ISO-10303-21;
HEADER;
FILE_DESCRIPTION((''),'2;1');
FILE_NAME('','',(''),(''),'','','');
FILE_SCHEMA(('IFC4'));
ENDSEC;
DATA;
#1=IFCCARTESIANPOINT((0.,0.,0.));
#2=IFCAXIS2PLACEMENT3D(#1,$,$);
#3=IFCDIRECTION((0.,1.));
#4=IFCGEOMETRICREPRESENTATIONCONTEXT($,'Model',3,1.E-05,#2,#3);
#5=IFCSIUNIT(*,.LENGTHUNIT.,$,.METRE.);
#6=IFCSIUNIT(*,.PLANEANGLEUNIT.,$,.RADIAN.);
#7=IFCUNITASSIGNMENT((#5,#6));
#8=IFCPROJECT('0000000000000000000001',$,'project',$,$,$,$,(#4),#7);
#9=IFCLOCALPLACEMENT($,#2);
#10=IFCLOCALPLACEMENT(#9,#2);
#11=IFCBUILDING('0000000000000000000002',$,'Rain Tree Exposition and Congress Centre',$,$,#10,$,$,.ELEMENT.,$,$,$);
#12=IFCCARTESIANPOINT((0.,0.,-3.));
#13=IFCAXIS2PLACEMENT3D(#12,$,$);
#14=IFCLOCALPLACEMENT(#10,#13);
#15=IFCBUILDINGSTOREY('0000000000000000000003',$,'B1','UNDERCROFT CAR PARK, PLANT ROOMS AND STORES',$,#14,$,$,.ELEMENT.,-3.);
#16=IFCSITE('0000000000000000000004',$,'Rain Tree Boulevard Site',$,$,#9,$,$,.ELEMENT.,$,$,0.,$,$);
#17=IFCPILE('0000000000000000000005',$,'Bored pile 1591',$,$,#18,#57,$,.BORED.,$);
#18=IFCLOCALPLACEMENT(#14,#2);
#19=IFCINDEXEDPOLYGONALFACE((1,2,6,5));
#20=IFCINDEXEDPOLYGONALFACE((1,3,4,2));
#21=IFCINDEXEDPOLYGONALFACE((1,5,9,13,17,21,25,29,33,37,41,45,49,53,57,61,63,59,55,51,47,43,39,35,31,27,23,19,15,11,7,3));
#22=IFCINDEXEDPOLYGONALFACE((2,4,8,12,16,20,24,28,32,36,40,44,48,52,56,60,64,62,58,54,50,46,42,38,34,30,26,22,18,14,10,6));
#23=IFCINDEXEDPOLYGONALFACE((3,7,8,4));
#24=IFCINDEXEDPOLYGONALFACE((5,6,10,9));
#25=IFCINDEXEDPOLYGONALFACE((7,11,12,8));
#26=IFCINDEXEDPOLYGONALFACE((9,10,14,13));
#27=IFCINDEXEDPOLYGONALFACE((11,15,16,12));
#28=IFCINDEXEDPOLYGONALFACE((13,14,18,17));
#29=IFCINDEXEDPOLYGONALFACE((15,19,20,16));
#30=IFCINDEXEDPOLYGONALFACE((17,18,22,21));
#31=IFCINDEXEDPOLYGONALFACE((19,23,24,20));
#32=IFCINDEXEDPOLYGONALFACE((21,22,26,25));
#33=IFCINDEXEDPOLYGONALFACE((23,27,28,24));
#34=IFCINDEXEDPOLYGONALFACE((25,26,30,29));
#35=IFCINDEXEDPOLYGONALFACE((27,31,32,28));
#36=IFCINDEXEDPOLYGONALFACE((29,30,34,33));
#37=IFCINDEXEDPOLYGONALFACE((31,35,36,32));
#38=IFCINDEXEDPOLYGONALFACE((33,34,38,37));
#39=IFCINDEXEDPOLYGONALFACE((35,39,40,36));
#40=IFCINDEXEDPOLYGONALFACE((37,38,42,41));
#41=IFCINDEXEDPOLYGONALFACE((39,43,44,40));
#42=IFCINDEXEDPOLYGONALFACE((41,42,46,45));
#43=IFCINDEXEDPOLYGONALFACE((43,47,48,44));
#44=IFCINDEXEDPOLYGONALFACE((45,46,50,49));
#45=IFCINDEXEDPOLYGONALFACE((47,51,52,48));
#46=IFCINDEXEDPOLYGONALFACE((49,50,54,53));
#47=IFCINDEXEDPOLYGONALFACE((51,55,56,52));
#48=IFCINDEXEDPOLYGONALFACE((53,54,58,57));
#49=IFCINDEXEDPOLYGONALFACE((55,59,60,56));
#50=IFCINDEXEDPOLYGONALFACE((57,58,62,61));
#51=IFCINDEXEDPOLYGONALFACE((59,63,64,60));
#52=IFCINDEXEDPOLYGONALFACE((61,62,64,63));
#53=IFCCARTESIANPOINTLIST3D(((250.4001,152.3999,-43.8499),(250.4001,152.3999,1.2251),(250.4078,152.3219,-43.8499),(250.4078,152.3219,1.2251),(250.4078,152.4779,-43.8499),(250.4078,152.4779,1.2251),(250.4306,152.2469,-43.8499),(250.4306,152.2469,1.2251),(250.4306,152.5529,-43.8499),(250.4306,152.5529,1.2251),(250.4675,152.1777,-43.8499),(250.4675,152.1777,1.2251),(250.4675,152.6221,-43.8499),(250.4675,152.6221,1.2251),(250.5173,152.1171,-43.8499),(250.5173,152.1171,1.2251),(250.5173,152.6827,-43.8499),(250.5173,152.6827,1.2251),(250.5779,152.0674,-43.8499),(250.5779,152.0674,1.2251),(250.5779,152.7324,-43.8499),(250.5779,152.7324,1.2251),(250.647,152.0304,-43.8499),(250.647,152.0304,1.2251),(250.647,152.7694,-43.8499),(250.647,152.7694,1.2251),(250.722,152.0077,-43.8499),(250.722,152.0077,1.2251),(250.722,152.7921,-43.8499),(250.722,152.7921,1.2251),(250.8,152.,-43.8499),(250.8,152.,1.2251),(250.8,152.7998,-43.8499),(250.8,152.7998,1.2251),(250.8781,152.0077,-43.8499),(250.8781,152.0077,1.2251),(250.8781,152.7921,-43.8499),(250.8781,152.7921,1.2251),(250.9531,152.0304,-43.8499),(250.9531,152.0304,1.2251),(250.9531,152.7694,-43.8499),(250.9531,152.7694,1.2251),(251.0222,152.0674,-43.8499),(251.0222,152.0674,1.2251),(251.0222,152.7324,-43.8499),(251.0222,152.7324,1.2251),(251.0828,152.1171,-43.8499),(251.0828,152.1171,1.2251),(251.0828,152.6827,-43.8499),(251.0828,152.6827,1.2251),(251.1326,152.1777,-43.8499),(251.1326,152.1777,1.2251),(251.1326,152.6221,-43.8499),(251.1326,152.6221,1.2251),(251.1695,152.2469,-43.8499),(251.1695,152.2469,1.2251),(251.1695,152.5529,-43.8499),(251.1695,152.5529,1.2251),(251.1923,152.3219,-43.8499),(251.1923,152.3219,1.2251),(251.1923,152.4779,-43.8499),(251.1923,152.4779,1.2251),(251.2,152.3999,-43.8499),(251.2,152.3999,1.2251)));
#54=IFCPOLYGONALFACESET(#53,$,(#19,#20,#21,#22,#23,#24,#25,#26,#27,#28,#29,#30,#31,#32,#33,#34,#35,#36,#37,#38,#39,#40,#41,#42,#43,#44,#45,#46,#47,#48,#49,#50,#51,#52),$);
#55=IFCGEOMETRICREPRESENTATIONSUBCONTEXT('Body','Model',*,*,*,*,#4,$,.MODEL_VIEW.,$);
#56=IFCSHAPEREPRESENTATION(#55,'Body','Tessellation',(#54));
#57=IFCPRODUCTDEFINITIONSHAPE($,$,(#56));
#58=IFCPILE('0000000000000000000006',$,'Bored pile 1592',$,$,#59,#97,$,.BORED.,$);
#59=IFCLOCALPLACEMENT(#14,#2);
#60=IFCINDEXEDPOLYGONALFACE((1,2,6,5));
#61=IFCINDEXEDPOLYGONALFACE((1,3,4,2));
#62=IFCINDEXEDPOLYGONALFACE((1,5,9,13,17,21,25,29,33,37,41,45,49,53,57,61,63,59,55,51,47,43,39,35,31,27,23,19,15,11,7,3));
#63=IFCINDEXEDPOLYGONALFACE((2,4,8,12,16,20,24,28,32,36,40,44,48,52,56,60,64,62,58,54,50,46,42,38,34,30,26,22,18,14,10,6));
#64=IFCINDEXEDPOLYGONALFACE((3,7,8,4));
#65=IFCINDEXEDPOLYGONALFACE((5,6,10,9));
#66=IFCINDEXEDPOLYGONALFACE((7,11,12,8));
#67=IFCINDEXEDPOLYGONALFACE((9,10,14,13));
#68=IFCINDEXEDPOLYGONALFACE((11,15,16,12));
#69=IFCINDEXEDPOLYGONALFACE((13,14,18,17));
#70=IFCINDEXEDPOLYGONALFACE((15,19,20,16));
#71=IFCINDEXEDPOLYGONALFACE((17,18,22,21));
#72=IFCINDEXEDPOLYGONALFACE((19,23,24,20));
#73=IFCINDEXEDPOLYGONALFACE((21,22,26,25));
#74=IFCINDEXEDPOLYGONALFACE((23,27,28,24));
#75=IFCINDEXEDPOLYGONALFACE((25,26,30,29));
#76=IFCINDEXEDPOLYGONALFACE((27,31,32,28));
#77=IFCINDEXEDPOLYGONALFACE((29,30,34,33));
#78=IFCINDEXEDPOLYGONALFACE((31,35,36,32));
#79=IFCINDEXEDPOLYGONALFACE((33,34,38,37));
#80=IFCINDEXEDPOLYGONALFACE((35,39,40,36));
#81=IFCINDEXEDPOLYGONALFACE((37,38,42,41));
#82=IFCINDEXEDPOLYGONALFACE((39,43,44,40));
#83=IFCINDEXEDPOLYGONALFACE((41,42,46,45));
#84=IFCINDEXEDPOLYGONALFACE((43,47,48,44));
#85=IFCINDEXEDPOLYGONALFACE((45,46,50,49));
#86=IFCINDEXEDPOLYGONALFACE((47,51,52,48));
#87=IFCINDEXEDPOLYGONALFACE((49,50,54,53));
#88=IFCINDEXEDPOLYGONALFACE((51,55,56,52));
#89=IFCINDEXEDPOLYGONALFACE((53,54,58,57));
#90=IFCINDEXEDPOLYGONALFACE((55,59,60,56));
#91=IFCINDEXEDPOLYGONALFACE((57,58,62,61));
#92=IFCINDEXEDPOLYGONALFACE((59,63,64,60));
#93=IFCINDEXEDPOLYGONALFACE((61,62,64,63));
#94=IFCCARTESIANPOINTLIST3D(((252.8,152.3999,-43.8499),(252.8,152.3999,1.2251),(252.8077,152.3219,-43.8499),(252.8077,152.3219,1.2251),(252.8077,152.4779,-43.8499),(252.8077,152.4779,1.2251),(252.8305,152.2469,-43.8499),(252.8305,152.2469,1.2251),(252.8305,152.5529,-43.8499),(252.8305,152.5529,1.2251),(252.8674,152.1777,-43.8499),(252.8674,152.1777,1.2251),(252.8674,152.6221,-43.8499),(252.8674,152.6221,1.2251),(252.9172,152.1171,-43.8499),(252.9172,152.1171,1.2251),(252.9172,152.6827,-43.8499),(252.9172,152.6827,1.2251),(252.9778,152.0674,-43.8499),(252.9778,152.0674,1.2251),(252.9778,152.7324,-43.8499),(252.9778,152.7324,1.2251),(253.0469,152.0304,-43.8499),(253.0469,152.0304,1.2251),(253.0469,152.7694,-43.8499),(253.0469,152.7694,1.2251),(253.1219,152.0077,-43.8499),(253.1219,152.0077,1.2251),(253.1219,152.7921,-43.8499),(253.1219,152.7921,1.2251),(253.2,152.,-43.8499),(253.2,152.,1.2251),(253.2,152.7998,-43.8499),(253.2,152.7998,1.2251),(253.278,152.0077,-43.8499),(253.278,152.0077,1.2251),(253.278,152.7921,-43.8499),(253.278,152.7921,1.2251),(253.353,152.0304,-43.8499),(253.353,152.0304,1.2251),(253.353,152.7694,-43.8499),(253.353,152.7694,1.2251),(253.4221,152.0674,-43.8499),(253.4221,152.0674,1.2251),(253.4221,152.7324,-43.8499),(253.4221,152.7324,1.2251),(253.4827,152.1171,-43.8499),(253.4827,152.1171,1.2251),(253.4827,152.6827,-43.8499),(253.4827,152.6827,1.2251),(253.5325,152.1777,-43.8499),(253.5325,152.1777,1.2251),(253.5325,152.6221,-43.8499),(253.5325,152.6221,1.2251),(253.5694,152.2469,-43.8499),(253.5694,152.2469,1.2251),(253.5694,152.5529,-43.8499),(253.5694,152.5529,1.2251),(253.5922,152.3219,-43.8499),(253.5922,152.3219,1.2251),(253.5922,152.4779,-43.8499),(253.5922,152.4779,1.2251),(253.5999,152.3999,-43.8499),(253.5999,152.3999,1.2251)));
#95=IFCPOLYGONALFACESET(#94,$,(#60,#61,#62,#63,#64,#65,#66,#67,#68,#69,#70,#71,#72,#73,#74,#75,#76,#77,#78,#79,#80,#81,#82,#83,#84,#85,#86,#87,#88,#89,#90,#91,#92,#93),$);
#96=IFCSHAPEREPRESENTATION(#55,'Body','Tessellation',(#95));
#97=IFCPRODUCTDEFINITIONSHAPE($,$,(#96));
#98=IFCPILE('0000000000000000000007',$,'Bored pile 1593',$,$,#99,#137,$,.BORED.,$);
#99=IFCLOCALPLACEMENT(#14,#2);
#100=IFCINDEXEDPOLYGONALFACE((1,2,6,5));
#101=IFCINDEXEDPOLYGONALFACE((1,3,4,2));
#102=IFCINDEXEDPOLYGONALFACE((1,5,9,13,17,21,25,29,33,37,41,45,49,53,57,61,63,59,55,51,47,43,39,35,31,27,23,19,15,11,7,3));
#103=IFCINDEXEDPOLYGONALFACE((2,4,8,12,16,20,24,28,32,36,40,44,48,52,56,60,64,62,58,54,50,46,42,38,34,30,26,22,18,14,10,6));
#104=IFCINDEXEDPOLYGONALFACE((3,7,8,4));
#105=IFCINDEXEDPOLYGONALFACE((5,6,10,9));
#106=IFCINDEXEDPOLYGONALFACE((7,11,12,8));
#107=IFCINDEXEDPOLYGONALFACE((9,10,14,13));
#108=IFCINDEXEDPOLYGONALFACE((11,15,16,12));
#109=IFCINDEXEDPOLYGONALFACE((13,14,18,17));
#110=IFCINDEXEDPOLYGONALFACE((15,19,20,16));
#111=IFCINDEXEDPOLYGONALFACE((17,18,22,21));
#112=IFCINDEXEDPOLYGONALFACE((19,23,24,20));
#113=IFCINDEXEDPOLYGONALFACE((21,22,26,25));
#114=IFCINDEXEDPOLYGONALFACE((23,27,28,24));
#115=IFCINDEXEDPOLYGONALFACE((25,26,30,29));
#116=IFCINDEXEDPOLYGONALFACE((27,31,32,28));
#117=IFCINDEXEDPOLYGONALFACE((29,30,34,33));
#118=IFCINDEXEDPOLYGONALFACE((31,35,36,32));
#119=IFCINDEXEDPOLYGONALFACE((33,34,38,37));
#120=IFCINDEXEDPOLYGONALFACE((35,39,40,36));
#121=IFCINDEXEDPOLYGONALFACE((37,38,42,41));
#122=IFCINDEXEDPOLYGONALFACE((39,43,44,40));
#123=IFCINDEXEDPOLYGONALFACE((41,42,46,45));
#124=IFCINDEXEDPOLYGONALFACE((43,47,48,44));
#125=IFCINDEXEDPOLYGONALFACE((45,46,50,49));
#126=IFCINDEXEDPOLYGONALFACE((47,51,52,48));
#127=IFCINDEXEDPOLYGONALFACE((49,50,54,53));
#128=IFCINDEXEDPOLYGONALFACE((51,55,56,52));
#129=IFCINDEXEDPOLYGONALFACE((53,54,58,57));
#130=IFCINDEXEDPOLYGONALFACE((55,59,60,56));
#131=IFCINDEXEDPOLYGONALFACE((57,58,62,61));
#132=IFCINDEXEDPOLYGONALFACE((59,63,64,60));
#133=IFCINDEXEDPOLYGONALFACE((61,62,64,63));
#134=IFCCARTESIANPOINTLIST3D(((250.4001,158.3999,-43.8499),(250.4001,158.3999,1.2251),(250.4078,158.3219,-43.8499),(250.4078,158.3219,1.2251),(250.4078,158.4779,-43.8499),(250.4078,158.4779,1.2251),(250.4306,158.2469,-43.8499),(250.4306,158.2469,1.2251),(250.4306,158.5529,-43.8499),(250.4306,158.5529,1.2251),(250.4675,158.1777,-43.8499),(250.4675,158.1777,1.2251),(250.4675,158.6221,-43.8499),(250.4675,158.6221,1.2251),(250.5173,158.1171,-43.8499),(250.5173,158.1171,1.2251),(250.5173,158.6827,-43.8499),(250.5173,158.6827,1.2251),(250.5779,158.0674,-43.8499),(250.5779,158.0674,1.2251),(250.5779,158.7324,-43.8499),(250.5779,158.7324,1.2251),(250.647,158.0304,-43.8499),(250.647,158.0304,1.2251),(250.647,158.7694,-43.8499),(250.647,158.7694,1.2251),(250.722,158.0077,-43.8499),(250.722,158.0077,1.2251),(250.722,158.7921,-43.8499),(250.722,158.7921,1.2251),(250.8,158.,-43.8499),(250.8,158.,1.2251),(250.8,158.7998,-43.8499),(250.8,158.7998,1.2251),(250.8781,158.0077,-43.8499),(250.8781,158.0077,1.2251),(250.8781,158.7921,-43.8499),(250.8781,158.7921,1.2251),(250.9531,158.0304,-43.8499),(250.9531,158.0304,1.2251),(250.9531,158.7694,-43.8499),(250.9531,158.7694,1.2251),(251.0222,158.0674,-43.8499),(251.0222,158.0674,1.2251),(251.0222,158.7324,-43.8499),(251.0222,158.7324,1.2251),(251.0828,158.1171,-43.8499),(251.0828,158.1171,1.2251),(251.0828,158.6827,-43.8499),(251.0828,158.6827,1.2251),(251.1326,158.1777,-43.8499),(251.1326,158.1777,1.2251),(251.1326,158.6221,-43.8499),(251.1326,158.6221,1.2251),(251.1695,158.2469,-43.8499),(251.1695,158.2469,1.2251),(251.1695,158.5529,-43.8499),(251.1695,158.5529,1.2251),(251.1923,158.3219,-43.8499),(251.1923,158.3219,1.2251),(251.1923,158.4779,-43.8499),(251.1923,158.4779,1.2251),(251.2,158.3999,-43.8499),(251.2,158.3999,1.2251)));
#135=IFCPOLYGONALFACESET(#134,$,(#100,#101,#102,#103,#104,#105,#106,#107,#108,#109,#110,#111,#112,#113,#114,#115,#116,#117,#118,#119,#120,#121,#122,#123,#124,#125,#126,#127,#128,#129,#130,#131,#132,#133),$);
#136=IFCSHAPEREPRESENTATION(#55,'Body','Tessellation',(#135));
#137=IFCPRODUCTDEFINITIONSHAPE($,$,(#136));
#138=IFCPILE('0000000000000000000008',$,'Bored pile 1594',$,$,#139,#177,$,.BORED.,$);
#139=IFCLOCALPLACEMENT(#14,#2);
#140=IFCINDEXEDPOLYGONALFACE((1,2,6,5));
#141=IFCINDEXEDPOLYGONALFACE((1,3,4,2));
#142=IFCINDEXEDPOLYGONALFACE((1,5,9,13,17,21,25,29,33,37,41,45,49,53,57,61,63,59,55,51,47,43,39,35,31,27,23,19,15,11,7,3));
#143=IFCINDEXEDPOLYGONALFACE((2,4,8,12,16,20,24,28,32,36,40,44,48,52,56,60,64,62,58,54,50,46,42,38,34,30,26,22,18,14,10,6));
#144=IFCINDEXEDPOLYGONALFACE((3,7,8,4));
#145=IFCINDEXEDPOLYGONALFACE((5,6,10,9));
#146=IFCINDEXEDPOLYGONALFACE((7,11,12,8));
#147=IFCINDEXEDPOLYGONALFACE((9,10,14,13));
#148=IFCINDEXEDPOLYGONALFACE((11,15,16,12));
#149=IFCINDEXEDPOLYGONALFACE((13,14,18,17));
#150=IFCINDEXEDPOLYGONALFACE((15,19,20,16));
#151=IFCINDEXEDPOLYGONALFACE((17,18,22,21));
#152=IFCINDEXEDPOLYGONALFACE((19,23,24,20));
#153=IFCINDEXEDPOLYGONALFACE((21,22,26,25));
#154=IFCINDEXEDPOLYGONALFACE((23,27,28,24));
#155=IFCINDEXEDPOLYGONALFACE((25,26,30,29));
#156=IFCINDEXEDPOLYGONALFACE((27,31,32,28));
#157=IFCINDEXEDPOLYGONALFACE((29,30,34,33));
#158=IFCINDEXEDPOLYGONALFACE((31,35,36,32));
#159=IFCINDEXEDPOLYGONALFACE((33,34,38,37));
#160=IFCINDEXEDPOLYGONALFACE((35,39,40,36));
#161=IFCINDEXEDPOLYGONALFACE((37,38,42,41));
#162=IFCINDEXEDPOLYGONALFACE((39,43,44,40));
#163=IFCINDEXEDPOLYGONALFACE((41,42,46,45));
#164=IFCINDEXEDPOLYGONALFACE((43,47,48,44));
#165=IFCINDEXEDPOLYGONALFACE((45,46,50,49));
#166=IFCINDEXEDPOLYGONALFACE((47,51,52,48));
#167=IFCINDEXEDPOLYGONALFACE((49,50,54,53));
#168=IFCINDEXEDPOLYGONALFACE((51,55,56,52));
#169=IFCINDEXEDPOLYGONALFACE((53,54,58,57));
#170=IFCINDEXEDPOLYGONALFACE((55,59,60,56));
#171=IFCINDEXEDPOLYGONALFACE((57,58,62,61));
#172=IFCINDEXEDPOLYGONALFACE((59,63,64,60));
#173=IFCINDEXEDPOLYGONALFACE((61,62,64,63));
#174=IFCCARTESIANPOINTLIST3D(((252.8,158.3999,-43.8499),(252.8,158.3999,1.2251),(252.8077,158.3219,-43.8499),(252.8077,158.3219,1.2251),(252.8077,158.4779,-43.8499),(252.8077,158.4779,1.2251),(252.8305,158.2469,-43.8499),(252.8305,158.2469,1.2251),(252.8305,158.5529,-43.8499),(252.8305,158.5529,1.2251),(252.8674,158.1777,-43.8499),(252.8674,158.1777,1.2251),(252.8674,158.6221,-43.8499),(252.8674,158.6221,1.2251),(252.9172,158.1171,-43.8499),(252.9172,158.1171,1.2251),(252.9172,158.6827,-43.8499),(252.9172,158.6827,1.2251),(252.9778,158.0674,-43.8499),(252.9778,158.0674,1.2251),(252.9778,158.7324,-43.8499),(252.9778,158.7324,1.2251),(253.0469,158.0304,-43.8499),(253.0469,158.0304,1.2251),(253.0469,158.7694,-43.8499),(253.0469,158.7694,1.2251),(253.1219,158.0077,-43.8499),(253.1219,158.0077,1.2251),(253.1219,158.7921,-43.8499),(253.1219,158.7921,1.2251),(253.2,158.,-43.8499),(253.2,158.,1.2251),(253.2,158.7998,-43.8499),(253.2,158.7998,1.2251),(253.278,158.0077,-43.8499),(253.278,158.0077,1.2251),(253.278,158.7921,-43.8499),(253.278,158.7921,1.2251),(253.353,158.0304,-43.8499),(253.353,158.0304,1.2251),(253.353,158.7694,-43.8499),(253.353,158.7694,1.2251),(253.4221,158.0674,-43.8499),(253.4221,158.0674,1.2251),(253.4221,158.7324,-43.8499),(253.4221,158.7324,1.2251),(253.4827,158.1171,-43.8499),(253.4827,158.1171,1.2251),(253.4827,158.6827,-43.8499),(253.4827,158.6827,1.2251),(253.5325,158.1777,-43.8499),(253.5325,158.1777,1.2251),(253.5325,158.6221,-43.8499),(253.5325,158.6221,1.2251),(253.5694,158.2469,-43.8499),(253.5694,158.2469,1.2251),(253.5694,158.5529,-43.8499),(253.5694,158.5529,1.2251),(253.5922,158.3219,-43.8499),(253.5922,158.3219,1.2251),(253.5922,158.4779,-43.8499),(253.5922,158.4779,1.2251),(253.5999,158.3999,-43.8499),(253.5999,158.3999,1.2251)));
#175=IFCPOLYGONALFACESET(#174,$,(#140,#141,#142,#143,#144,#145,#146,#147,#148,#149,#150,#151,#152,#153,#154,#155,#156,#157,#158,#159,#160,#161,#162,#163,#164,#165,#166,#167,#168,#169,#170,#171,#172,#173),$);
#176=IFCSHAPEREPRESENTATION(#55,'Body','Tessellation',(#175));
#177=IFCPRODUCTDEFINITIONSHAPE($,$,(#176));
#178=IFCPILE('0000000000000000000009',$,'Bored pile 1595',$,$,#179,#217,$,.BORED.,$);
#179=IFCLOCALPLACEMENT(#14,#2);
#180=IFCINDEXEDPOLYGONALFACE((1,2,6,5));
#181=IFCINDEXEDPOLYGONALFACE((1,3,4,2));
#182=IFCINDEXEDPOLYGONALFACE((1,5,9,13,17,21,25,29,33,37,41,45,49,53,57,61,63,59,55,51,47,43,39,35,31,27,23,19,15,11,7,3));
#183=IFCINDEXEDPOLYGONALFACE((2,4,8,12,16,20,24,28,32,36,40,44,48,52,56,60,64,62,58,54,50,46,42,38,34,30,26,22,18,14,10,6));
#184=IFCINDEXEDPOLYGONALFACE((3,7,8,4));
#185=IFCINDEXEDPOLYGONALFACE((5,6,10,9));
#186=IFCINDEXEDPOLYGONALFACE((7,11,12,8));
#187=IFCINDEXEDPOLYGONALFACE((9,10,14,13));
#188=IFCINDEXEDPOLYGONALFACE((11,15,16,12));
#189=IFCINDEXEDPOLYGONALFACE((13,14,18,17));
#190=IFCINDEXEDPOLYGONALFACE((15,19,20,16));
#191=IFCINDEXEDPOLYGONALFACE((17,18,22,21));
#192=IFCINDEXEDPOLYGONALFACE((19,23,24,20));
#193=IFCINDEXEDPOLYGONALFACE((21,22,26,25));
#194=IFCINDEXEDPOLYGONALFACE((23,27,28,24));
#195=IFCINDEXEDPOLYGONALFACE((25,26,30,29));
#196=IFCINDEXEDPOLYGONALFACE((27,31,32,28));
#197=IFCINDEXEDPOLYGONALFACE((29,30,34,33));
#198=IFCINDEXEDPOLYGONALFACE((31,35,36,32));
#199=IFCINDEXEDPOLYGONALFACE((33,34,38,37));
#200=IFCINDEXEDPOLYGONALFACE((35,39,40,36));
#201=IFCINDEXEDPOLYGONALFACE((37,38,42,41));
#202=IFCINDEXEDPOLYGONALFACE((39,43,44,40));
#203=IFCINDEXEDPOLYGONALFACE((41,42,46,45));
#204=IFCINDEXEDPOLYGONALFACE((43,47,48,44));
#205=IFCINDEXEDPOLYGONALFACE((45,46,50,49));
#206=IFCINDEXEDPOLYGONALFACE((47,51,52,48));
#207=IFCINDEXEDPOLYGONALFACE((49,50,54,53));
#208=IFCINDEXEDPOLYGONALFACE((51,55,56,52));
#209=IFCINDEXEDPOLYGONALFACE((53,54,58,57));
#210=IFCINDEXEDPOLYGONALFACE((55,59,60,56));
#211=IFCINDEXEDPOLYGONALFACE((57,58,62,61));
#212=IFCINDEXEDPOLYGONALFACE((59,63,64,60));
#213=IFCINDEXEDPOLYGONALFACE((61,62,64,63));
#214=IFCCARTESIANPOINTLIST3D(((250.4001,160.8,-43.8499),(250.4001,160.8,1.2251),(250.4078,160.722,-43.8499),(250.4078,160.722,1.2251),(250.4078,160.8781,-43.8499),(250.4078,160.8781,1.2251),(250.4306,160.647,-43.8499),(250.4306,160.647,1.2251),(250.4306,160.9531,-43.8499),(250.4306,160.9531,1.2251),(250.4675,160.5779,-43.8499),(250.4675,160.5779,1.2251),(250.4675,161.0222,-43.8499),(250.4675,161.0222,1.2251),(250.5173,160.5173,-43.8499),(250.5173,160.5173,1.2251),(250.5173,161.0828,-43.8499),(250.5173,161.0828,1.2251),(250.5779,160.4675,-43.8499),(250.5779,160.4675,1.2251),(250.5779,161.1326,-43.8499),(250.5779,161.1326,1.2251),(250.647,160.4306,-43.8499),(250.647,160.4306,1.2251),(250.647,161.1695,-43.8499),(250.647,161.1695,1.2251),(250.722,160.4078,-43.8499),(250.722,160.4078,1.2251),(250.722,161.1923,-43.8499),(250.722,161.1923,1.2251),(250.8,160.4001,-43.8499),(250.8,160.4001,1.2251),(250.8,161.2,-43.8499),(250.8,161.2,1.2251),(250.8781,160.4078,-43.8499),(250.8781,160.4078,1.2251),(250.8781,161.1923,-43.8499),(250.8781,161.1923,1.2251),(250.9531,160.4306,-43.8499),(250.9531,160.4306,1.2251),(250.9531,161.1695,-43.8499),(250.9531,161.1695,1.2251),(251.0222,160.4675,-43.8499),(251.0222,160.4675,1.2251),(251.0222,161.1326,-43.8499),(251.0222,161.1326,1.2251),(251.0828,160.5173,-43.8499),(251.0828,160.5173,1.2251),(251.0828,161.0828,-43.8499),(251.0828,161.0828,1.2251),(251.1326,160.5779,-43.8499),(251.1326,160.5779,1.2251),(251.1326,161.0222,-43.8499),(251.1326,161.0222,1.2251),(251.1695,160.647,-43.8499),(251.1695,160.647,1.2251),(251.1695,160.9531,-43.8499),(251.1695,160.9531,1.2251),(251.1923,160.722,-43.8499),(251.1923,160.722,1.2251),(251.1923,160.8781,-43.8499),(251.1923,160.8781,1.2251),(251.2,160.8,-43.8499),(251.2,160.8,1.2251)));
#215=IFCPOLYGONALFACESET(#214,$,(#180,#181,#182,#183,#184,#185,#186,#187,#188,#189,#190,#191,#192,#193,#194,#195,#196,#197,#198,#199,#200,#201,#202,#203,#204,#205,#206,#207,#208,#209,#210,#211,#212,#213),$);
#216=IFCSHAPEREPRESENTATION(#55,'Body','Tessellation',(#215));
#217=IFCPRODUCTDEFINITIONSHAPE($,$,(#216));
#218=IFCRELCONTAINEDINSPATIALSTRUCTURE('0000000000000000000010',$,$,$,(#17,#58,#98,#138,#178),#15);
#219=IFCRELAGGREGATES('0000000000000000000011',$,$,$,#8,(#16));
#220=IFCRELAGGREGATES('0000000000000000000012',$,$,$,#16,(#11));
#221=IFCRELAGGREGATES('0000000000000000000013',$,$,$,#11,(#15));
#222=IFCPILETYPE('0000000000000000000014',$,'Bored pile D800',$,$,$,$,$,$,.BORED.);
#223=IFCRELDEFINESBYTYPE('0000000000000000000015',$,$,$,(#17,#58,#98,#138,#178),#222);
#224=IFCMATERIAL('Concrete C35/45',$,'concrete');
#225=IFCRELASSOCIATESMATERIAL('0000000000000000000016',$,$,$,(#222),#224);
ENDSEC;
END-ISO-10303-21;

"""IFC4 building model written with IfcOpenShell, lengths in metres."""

from ifc_helpers import new_model, si_unit, direction, frame, origin, origin_2d, place, context, subcontext, project, spatial, circle, extrude, material, material_profile, profile_set, type_object, element, save


model = new_model("IFC4")

# Units and contexts
model_context = context("Model", 3, precision=1e-05, world=origin(), true_north=direction((0.0, 1.0)))
body_context = subcontext(model_context, "Body", "Model", "MODEL_VIEW")
ifc_project = project(units=[si_unit("LENGTHUNIT", "METRE"), si_unit("PLANEANGLEUNIT", "RADIAN")], contexts=[model_context])

# Site, building, storey
site_placement = place(None, origin())
site = spatial("IfcSite", under=ifc_project, at=site_placement, Name="Rain Tree Boulevard Site", CompositionType="ELEMENT", RefElevation=0.0)
building_placement = place(site_placement, origin())
building = spatial("IfcBuilding", under=site, at=building_placement, Name="Rain Tree Exposition and Congress Centre", CompositionType="ELEMENT")
storey_placement = place(building_placement, frame((0.0, 0.0, -3.0)))
storey = spatial("IfcBuildingStorey", under=building, at=storey_placement, Name="B1", Description="UNDERCROFT CAR PARK, PLANT ROOMS AND STORES", CompositionType="ELEMENT", Elevation=-3.0)

# Piles
ifc_material_1 = material(Name="Concrete C35/45", Category="concrete")
ifc_material_profile_1 = material_profile(ifc_material_1, circle(Radius=0.3999, at=origin_2d()), Name="D800")
ifc_profile_set_1 = profile_set([ifc_material_profile_1], Name="Concrete C35/45")
pile_type_1 = type_object("IfcPileType", Name="Bored pile D800", PredefinedType="BORED", material=ifc_profile_set_1)
for number, where, z_axis, x_axis, name in (
    (1, (250.8, 152.3999, 1.2251), (0.0, 0.0, -1.0), (1.0, 0.0, 0.0), "Bored pile 1591"),
    (2, (253.2, 152.3999, 1.2251), (0.0, 0.0, -1.0), (1.0, 0.0, 0.0), "Bored pile 1592"),
    (3, (250.8, 158.3999, 1.2251), (0.0, 0.0, -1.0), (1.0, 0.0, 0.0), "Bored pile 1593"),
    (4, (253.2, 158.3999, 1.2251), (0.0, 0.0, -1.0), (1.0, 0.0, 0.0), "Bored pile 1594"),
    (5, (250.8, 160.8, 1.2251), (0.0, 0.0, -1.0), (1.0, 0.0, 0.0), "Bored pile 1595"),
):
    element("IfcPile", number, at=place(storey_placement, frame(where, z_axis=z_axis, x_axis=x_axis)), inside=storey, type_object=pile_type_1, Name=name, PredefinedType="BORED", context=body_context, shape_type="SweptSolid", body=[
        extrude(circle(Radius=0.3999, at=origin_2d()), origin(), (0.0, 0.0, 1.0), 45.075),
    ])

save(model, "model.ifc")
